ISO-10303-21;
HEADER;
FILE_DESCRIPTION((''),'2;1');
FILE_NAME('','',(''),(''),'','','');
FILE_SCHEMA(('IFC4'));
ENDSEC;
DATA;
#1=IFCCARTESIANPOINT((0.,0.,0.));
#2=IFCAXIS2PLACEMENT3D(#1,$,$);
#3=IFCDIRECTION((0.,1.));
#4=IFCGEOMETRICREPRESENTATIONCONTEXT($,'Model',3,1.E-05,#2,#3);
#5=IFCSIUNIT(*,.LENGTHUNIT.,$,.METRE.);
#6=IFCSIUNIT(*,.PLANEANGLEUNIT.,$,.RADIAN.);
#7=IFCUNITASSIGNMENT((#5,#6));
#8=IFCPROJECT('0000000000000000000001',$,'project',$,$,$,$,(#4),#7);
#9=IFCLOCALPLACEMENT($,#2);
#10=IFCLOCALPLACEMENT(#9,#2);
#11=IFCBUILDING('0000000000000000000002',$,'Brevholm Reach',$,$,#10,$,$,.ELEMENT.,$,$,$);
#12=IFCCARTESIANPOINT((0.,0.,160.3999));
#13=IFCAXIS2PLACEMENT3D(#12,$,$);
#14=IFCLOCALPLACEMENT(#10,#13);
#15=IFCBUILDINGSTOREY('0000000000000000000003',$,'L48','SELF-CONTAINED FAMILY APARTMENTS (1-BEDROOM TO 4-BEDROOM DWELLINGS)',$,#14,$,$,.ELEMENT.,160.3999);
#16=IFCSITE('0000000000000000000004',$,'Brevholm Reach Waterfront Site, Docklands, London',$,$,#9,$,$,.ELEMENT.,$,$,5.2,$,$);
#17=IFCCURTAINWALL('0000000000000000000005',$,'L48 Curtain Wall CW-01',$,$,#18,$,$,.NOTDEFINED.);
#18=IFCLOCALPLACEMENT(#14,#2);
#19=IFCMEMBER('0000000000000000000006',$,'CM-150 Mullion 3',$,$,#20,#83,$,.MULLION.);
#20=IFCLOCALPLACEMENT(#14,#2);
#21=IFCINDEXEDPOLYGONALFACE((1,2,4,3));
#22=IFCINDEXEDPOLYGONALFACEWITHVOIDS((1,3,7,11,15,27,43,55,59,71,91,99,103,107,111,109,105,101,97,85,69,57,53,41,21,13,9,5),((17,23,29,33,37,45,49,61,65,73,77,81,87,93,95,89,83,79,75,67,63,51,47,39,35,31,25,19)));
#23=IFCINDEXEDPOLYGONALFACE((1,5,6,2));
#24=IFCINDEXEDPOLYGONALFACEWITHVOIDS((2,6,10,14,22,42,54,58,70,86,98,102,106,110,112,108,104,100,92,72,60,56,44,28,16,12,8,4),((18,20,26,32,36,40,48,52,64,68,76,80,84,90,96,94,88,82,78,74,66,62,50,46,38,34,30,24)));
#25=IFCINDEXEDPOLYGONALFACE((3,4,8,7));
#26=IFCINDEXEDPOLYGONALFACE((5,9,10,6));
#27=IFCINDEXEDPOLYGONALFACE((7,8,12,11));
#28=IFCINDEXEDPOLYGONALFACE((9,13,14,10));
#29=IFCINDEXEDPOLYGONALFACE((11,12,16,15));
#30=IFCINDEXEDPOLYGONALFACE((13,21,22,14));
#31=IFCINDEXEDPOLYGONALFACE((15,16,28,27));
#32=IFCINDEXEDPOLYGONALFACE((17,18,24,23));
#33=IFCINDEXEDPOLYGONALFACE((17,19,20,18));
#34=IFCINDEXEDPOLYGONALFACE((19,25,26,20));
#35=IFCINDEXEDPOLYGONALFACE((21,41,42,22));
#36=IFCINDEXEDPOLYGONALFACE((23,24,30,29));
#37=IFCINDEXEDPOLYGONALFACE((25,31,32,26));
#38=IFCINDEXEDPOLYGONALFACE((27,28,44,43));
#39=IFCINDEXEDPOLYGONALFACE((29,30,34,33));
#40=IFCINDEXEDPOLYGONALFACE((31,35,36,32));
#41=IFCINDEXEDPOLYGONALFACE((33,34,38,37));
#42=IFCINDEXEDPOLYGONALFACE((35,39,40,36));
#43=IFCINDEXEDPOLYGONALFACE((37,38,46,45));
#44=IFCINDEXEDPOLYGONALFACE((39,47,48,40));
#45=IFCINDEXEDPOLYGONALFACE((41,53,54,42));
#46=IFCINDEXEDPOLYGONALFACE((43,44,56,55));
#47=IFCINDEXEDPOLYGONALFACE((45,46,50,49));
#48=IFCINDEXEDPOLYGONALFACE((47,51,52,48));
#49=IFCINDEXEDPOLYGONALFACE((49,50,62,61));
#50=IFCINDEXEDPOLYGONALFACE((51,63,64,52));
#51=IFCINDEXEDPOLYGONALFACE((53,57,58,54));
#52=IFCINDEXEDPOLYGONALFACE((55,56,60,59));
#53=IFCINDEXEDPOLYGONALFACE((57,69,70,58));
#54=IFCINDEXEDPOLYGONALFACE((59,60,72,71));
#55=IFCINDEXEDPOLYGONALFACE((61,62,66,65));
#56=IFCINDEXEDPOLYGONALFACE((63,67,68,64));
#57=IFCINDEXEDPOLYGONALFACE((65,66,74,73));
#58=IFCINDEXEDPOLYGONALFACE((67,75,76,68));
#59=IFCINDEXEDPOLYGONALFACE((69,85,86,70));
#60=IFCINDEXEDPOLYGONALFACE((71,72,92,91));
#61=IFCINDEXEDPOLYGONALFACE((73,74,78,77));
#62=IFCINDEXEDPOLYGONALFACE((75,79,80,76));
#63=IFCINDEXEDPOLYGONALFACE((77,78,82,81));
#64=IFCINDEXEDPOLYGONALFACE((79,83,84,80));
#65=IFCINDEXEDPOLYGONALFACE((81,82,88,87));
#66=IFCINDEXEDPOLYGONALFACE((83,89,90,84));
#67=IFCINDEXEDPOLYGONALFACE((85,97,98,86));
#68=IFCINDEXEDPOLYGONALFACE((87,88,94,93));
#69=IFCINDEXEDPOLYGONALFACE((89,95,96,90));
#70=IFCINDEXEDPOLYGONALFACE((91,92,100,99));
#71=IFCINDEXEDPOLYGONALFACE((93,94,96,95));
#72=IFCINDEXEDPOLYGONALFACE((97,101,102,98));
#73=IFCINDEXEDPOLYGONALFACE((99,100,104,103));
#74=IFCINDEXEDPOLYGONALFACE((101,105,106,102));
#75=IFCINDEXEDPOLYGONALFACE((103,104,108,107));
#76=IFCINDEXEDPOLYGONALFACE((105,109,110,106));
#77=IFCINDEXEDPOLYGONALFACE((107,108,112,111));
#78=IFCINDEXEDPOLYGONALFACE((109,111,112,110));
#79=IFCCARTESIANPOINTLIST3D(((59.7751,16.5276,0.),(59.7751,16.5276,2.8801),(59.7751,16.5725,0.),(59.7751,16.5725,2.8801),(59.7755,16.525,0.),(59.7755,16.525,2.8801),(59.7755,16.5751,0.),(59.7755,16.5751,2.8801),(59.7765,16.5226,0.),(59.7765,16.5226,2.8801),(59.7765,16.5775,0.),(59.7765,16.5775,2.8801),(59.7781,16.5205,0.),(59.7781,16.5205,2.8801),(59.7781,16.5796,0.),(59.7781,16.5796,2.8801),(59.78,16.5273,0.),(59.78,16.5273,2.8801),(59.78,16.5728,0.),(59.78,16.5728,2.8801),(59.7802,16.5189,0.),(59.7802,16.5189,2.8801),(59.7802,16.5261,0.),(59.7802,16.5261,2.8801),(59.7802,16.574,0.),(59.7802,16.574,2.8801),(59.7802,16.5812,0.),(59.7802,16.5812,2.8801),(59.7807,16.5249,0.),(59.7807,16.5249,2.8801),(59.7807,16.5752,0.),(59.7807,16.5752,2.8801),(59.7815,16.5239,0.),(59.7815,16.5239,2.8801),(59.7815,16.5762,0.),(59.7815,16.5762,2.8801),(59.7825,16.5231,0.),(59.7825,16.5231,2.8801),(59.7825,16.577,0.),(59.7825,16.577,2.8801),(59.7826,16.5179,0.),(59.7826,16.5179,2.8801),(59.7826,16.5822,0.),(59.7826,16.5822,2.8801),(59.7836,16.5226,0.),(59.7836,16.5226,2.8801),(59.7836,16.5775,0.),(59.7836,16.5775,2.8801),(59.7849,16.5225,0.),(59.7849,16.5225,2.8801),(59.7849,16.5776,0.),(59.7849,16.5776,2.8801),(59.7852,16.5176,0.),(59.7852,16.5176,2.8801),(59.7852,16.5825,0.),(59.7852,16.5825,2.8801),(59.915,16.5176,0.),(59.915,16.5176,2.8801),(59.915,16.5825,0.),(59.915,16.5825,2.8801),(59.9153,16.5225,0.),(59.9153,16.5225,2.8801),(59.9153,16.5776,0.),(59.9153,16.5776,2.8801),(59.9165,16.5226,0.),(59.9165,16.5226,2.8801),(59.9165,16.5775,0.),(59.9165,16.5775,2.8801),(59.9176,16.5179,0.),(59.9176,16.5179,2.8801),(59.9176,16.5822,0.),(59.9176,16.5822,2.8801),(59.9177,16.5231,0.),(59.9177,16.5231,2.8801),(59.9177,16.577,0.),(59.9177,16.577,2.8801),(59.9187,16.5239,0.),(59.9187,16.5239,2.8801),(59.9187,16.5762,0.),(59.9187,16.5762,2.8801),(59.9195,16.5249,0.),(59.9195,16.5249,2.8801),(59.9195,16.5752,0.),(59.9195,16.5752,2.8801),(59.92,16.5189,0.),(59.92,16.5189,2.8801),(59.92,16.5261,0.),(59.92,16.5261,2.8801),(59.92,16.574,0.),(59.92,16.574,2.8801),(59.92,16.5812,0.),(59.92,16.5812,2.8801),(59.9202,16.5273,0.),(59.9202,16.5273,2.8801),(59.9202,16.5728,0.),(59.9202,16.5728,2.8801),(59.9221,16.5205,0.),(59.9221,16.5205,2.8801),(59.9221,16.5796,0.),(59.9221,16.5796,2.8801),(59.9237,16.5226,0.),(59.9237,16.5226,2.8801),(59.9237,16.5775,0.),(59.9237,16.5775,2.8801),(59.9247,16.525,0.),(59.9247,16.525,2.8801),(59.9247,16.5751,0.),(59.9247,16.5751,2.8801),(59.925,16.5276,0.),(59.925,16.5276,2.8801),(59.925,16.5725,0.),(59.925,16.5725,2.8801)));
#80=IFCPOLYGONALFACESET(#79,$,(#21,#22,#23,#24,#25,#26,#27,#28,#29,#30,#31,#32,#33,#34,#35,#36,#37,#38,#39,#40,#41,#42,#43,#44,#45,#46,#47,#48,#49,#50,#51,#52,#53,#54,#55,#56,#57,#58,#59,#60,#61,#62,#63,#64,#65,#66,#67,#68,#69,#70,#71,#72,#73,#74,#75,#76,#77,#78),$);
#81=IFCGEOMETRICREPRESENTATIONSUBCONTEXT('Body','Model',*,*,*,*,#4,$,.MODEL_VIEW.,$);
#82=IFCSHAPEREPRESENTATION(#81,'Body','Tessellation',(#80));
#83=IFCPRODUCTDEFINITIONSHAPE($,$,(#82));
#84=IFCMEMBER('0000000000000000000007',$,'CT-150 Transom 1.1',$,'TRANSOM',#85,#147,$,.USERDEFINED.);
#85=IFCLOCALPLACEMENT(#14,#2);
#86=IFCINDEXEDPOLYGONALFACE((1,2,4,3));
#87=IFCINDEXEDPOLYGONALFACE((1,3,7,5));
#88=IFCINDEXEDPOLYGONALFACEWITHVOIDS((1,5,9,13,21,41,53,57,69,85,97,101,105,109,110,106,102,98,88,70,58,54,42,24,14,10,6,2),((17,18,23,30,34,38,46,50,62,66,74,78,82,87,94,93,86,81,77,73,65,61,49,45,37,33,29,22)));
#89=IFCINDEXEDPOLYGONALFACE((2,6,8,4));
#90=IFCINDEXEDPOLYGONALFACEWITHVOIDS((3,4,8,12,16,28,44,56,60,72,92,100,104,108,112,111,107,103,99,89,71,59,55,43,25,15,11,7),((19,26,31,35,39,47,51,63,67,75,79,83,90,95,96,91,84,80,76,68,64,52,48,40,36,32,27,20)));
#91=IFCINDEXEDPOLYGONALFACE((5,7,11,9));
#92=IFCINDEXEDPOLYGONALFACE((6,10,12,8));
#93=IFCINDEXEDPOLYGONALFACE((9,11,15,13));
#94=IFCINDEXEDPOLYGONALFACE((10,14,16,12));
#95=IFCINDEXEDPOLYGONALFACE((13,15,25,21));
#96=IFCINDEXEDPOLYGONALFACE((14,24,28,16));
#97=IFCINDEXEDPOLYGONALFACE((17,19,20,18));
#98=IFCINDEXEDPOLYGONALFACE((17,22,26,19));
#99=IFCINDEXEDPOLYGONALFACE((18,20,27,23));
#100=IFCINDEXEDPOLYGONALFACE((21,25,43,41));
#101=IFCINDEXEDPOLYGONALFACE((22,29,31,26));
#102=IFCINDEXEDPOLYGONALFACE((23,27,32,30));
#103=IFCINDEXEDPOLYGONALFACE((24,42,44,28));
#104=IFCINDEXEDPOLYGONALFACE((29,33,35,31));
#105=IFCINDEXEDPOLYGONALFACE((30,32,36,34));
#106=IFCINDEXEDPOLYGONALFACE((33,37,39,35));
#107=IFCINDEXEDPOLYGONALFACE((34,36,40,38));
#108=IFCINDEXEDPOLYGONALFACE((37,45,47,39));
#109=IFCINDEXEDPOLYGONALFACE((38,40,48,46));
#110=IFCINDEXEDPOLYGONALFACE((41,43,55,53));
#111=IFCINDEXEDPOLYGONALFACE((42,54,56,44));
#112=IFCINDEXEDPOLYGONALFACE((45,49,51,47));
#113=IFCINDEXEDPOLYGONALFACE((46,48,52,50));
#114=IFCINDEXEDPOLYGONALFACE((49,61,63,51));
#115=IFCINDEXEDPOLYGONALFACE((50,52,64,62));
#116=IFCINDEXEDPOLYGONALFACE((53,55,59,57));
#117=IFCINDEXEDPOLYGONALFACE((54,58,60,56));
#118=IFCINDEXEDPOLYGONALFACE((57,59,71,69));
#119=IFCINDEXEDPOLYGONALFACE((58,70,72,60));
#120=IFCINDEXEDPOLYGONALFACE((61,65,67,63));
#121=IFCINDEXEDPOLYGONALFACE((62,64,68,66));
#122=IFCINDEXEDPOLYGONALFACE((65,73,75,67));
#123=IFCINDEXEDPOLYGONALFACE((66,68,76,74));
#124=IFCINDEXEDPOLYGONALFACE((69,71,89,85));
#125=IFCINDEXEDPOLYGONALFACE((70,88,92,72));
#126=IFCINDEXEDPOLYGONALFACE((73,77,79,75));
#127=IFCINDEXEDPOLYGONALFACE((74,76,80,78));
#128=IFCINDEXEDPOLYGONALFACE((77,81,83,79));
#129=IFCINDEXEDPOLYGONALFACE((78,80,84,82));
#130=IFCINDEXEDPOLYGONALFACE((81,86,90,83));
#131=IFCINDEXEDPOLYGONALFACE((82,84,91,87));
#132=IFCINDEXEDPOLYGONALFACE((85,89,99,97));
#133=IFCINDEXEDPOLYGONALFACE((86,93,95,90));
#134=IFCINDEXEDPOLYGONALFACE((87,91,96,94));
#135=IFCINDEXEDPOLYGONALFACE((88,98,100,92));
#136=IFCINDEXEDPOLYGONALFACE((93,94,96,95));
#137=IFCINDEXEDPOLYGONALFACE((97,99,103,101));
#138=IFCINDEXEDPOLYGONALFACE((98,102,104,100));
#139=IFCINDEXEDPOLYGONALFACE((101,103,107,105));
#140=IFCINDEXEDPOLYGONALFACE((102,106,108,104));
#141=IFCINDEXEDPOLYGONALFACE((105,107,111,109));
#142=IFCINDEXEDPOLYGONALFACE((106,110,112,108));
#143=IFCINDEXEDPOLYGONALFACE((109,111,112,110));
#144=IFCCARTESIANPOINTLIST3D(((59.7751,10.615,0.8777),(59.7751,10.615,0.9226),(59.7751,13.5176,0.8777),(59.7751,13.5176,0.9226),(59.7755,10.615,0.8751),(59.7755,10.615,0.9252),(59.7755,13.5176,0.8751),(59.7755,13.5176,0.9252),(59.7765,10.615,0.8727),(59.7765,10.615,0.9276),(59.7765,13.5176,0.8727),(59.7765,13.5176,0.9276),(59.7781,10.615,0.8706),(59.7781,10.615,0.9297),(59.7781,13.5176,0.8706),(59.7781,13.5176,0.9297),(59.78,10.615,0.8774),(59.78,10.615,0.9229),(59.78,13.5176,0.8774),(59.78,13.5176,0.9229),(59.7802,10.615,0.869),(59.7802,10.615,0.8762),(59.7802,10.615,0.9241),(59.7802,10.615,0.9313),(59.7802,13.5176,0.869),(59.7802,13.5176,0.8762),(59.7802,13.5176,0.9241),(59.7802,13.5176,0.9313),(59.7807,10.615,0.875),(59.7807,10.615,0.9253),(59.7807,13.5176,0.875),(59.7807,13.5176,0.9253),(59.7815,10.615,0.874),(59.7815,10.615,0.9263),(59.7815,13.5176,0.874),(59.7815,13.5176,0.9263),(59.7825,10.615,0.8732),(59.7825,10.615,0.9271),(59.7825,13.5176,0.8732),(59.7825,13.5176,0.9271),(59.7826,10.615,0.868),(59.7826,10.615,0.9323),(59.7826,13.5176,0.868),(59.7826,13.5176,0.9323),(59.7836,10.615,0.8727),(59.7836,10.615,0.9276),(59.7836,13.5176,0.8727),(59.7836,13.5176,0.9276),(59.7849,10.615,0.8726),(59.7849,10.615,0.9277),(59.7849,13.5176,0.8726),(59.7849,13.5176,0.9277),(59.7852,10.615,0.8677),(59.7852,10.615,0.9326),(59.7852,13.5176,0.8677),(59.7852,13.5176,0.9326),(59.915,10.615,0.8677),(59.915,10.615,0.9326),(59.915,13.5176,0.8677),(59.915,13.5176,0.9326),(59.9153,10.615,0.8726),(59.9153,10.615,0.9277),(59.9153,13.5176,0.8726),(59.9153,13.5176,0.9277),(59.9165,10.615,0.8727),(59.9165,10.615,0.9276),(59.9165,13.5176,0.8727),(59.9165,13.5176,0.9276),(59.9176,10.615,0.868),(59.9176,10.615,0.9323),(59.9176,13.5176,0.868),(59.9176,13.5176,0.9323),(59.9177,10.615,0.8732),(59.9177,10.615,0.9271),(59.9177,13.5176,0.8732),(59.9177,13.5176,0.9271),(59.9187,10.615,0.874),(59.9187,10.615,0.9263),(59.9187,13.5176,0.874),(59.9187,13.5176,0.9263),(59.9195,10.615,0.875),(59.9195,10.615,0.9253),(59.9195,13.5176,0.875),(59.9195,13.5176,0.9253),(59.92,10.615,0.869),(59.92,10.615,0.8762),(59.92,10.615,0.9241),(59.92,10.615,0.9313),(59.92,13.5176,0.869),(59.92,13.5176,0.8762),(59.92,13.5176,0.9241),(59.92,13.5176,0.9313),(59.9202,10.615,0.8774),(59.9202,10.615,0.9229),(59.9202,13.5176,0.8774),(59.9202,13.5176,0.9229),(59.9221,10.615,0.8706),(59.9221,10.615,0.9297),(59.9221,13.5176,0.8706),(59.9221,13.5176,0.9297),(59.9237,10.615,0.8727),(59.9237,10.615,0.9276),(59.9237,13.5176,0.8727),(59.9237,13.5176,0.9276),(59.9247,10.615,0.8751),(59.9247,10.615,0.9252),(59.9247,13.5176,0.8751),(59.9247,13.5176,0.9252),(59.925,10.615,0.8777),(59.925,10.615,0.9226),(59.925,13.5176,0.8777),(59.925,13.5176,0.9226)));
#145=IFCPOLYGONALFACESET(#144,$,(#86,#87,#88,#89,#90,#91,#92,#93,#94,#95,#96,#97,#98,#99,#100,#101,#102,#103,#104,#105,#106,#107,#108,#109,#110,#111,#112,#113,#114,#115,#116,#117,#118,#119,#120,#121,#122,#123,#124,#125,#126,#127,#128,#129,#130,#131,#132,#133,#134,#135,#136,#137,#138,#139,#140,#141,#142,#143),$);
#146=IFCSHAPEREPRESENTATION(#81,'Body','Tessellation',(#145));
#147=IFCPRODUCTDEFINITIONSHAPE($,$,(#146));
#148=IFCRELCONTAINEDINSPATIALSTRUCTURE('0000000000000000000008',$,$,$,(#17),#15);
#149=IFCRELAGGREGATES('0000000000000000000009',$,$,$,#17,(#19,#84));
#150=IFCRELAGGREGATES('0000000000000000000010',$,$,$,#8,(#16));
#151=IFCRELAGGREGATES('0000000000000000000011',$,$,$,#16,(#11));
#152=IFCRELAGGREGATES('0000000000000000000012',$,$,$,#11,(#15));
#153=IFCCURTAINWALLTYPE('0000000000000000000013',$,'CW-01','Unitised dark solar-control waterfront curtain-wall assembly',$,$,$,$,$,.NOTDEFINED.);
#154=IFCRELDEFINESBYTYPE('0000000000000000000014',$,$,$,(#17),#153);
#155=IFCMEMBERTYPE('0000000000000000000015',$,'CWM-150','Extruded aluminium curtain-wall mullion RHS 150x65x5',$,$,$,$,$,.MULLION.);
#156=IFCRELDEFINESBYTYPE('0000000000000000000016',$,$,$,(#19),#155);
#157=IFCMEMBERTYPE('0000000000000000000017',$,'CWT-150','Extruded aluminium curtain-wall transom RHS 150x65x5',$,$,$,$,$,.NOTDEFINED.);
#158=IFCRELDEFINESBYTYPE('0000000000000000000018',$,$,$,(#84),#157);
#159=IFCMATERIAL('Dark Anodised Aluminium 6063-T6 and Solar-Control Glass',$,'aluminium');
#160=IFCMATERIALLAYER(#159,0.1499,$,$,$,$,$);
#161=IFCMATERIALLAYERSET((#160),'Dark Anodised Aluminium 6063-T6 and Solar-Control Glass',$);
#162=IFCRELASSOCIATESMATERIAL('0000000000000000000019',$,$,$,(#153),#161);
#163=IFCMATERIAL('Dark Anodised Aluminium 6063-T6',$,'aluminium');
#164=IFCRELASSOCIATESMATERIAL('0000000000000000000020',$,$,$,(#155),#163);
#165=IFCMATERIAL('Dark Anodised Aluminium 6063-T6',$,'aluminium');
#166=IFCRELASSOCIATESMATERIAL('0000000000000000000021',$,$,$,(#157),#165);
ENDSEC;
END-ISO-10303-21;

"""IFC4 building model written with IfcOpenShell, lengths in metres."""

from ifc_helpers import new_model, si_unit, direction, frame, origin, origin_2d, place, context, subcontext, project, spatial, hollow_rectangle, extrude, material, layer, layer_set, material_profile, profile_set, type_object, element, aggregate, save


model = new_model("IFC4")

# Units and contexts
model_context = context("Model", 3, precision=1e-05, world=origin(), true_north=direction((0.0, 1.0)))
body_context = subcontext(model_context, "Body", "Model", "MODEL_VIEW")
ifc_project = project(units=[si_unit("LENGTHUNIT", "METRE"), si_unit("PLANEANGLEUNIT", "RADIAN")], contexts=[model_context])

# Site, building, storey
site_placement = place(None, origin())
site = spatial("IfcSite", under=ifc_project, at=site_placement, Name="Brevholm Reach Waterfront Site, Docklands, London", CompositionType="ELEMENT", RefElevation=5.2)
building_placement = place(site_placement, origin())
building = spatial("IfcBuilding", under=site, at=building_placement, Name="Brevholm Reach", CompositionType="ELEMENT")
storey_placement = place(building_placement, frame((0.0, 0.0, 160.3999)))
storey = spatial("IfcBuildingStorey", under=building, at=storey_placement, Name="L48", Description="SELF-CONTAINED FAMILY APARTMENTS (1-BEDROOM TO 4-BEDROOM DWELLINGS)", CompositionType="ELEMENT", Elevation=160.3999)

# Curtain wall, members
ifc_material_1 = material(Name="Dark Anodised Aluminium 6063-T6 and Solar-Control Glass", Category="aluminium")
ifc_layer_1 = layer(ifc_material_1, 0.1499)
ifc_layer_set_1 = layer_set([ifc_layer_1], Name="Dark Anodised Aluminium 6063-T6 and Solar-Control Glass")
curtain_wall_type = type_object("IfcCurtainWallType", Name="CW-01", Description="Unitised dark solar-control waterfront curtain-wall assembly", PredefinedType="NOTDEFINED", material=ifc_layer_set_1)
curtain_wall_placement = place(storey_placement, origin())
curtain_wall = element("IfcCurtainWall", 1, at=curtain_wall_placement, inside=storey, type_object=curtain_wall_type, Name="L48 Curtain Wall CW-01", PredefinedType="NOTDEFINED")
ifc_material_2 = material(Name="Dark Anodised Aluminium 6063-T6", Category="aluminium")
ifc_material_profile_1 = material_profile(ifc_material_2, hollow_rectangle(XDim=0.0649, YDim=0.1499, WallThickness=0.0049, InnerFilletRadius=0.0049, OuterFilletRadius=0.01, at=origin_2d()), Name="RHS 150x65x5")
ifc_profile_set_1 = profile_set([ifc_material_profile_1], Name="Dark Anodised Aluminium 6063-T6")
member_type_1 = type_object("IfcMemberType", Name="CWM-150", Description="Extruded aluminium curtain-wall mullion RHS 150x65x5", PredefinedType="MULLION", material=ifc_profile_set_1)
member_1_placement = place(storey_placement, frame((59.8501, 16.55, 0.0), z_axis=(0.0, 0.0, 1.0), x_axis=(0.0, 1.0, 0.0)))
member_1 = element("IfcMember", 2, at=member_1_placement, type_object=member_type_1, Name="CM-150 Mullion 3", PredefinedType="MULLION", context=body_context, shape_type="SweptSolid", body=[
    extrude(hollow_rectangle(XDim=0.0649, YDim=0.1499, WallThickness=0.0049, InnerFilletRadius=0.0049, OuterFilletRadius=0.01, at=origin_2d()), origin(), (0.0, 0.0, 1.0), 2.8801),
])
ifc_material_3 = material(Name="Dark Anodised Aluminium 6063-T6", Category="aluminium")
ifc_material_profile_2 = material_profile(ifc_material_3, hollow_rectangle(XDim=0.0649, YDim=0.1499, WallThickness=0.0049, InnerFilletRadius=0.0049, OuterFilletRadius=0.01, at=origin_2d()), Name="RHS 150x65x5")
ifc_profile_set_2 = profile_set([ifc_material_profile_2], Name="Dark Anodised Aluminium 6063-T6")
member_type_2 = type_object("IfcMemberType", Name="CWT-150", Description="Extruded aluminium curtain-wall transom RHS 150x65x5", PredefinedType="NOTDEFINED", material=ifc_profile_set_2)
member_2_placement = place(storey_placement, frame((59.8501, 10.615, 0.9001), z_axis=(0.0, 1.0, 0.0), x_axis=(0.0, 0.0, 1.0)))
member_2 = element("IfcMember", 3, at=member_2_placement, type_object=member_type_2, Name="CT-150 Transom 1.1", ObjectType="TRANSOM", PredefinedType="USERDEFINED", context=body_context, shape_type="SweptSolid", body=[
    extrude(hollow_rectangle(XDim=0.0649, YDim=0.1499, WallThickness=0.0049, InnerFilletRadius=0.0049, OuterFilletRadius=0.01, at=origin_2d()), origin(), (0.0, 0.0, 1.0), 2.9026),
])
aggregate(curtain_wall, [member_1, member_2])

save(model, "model.ifc")
